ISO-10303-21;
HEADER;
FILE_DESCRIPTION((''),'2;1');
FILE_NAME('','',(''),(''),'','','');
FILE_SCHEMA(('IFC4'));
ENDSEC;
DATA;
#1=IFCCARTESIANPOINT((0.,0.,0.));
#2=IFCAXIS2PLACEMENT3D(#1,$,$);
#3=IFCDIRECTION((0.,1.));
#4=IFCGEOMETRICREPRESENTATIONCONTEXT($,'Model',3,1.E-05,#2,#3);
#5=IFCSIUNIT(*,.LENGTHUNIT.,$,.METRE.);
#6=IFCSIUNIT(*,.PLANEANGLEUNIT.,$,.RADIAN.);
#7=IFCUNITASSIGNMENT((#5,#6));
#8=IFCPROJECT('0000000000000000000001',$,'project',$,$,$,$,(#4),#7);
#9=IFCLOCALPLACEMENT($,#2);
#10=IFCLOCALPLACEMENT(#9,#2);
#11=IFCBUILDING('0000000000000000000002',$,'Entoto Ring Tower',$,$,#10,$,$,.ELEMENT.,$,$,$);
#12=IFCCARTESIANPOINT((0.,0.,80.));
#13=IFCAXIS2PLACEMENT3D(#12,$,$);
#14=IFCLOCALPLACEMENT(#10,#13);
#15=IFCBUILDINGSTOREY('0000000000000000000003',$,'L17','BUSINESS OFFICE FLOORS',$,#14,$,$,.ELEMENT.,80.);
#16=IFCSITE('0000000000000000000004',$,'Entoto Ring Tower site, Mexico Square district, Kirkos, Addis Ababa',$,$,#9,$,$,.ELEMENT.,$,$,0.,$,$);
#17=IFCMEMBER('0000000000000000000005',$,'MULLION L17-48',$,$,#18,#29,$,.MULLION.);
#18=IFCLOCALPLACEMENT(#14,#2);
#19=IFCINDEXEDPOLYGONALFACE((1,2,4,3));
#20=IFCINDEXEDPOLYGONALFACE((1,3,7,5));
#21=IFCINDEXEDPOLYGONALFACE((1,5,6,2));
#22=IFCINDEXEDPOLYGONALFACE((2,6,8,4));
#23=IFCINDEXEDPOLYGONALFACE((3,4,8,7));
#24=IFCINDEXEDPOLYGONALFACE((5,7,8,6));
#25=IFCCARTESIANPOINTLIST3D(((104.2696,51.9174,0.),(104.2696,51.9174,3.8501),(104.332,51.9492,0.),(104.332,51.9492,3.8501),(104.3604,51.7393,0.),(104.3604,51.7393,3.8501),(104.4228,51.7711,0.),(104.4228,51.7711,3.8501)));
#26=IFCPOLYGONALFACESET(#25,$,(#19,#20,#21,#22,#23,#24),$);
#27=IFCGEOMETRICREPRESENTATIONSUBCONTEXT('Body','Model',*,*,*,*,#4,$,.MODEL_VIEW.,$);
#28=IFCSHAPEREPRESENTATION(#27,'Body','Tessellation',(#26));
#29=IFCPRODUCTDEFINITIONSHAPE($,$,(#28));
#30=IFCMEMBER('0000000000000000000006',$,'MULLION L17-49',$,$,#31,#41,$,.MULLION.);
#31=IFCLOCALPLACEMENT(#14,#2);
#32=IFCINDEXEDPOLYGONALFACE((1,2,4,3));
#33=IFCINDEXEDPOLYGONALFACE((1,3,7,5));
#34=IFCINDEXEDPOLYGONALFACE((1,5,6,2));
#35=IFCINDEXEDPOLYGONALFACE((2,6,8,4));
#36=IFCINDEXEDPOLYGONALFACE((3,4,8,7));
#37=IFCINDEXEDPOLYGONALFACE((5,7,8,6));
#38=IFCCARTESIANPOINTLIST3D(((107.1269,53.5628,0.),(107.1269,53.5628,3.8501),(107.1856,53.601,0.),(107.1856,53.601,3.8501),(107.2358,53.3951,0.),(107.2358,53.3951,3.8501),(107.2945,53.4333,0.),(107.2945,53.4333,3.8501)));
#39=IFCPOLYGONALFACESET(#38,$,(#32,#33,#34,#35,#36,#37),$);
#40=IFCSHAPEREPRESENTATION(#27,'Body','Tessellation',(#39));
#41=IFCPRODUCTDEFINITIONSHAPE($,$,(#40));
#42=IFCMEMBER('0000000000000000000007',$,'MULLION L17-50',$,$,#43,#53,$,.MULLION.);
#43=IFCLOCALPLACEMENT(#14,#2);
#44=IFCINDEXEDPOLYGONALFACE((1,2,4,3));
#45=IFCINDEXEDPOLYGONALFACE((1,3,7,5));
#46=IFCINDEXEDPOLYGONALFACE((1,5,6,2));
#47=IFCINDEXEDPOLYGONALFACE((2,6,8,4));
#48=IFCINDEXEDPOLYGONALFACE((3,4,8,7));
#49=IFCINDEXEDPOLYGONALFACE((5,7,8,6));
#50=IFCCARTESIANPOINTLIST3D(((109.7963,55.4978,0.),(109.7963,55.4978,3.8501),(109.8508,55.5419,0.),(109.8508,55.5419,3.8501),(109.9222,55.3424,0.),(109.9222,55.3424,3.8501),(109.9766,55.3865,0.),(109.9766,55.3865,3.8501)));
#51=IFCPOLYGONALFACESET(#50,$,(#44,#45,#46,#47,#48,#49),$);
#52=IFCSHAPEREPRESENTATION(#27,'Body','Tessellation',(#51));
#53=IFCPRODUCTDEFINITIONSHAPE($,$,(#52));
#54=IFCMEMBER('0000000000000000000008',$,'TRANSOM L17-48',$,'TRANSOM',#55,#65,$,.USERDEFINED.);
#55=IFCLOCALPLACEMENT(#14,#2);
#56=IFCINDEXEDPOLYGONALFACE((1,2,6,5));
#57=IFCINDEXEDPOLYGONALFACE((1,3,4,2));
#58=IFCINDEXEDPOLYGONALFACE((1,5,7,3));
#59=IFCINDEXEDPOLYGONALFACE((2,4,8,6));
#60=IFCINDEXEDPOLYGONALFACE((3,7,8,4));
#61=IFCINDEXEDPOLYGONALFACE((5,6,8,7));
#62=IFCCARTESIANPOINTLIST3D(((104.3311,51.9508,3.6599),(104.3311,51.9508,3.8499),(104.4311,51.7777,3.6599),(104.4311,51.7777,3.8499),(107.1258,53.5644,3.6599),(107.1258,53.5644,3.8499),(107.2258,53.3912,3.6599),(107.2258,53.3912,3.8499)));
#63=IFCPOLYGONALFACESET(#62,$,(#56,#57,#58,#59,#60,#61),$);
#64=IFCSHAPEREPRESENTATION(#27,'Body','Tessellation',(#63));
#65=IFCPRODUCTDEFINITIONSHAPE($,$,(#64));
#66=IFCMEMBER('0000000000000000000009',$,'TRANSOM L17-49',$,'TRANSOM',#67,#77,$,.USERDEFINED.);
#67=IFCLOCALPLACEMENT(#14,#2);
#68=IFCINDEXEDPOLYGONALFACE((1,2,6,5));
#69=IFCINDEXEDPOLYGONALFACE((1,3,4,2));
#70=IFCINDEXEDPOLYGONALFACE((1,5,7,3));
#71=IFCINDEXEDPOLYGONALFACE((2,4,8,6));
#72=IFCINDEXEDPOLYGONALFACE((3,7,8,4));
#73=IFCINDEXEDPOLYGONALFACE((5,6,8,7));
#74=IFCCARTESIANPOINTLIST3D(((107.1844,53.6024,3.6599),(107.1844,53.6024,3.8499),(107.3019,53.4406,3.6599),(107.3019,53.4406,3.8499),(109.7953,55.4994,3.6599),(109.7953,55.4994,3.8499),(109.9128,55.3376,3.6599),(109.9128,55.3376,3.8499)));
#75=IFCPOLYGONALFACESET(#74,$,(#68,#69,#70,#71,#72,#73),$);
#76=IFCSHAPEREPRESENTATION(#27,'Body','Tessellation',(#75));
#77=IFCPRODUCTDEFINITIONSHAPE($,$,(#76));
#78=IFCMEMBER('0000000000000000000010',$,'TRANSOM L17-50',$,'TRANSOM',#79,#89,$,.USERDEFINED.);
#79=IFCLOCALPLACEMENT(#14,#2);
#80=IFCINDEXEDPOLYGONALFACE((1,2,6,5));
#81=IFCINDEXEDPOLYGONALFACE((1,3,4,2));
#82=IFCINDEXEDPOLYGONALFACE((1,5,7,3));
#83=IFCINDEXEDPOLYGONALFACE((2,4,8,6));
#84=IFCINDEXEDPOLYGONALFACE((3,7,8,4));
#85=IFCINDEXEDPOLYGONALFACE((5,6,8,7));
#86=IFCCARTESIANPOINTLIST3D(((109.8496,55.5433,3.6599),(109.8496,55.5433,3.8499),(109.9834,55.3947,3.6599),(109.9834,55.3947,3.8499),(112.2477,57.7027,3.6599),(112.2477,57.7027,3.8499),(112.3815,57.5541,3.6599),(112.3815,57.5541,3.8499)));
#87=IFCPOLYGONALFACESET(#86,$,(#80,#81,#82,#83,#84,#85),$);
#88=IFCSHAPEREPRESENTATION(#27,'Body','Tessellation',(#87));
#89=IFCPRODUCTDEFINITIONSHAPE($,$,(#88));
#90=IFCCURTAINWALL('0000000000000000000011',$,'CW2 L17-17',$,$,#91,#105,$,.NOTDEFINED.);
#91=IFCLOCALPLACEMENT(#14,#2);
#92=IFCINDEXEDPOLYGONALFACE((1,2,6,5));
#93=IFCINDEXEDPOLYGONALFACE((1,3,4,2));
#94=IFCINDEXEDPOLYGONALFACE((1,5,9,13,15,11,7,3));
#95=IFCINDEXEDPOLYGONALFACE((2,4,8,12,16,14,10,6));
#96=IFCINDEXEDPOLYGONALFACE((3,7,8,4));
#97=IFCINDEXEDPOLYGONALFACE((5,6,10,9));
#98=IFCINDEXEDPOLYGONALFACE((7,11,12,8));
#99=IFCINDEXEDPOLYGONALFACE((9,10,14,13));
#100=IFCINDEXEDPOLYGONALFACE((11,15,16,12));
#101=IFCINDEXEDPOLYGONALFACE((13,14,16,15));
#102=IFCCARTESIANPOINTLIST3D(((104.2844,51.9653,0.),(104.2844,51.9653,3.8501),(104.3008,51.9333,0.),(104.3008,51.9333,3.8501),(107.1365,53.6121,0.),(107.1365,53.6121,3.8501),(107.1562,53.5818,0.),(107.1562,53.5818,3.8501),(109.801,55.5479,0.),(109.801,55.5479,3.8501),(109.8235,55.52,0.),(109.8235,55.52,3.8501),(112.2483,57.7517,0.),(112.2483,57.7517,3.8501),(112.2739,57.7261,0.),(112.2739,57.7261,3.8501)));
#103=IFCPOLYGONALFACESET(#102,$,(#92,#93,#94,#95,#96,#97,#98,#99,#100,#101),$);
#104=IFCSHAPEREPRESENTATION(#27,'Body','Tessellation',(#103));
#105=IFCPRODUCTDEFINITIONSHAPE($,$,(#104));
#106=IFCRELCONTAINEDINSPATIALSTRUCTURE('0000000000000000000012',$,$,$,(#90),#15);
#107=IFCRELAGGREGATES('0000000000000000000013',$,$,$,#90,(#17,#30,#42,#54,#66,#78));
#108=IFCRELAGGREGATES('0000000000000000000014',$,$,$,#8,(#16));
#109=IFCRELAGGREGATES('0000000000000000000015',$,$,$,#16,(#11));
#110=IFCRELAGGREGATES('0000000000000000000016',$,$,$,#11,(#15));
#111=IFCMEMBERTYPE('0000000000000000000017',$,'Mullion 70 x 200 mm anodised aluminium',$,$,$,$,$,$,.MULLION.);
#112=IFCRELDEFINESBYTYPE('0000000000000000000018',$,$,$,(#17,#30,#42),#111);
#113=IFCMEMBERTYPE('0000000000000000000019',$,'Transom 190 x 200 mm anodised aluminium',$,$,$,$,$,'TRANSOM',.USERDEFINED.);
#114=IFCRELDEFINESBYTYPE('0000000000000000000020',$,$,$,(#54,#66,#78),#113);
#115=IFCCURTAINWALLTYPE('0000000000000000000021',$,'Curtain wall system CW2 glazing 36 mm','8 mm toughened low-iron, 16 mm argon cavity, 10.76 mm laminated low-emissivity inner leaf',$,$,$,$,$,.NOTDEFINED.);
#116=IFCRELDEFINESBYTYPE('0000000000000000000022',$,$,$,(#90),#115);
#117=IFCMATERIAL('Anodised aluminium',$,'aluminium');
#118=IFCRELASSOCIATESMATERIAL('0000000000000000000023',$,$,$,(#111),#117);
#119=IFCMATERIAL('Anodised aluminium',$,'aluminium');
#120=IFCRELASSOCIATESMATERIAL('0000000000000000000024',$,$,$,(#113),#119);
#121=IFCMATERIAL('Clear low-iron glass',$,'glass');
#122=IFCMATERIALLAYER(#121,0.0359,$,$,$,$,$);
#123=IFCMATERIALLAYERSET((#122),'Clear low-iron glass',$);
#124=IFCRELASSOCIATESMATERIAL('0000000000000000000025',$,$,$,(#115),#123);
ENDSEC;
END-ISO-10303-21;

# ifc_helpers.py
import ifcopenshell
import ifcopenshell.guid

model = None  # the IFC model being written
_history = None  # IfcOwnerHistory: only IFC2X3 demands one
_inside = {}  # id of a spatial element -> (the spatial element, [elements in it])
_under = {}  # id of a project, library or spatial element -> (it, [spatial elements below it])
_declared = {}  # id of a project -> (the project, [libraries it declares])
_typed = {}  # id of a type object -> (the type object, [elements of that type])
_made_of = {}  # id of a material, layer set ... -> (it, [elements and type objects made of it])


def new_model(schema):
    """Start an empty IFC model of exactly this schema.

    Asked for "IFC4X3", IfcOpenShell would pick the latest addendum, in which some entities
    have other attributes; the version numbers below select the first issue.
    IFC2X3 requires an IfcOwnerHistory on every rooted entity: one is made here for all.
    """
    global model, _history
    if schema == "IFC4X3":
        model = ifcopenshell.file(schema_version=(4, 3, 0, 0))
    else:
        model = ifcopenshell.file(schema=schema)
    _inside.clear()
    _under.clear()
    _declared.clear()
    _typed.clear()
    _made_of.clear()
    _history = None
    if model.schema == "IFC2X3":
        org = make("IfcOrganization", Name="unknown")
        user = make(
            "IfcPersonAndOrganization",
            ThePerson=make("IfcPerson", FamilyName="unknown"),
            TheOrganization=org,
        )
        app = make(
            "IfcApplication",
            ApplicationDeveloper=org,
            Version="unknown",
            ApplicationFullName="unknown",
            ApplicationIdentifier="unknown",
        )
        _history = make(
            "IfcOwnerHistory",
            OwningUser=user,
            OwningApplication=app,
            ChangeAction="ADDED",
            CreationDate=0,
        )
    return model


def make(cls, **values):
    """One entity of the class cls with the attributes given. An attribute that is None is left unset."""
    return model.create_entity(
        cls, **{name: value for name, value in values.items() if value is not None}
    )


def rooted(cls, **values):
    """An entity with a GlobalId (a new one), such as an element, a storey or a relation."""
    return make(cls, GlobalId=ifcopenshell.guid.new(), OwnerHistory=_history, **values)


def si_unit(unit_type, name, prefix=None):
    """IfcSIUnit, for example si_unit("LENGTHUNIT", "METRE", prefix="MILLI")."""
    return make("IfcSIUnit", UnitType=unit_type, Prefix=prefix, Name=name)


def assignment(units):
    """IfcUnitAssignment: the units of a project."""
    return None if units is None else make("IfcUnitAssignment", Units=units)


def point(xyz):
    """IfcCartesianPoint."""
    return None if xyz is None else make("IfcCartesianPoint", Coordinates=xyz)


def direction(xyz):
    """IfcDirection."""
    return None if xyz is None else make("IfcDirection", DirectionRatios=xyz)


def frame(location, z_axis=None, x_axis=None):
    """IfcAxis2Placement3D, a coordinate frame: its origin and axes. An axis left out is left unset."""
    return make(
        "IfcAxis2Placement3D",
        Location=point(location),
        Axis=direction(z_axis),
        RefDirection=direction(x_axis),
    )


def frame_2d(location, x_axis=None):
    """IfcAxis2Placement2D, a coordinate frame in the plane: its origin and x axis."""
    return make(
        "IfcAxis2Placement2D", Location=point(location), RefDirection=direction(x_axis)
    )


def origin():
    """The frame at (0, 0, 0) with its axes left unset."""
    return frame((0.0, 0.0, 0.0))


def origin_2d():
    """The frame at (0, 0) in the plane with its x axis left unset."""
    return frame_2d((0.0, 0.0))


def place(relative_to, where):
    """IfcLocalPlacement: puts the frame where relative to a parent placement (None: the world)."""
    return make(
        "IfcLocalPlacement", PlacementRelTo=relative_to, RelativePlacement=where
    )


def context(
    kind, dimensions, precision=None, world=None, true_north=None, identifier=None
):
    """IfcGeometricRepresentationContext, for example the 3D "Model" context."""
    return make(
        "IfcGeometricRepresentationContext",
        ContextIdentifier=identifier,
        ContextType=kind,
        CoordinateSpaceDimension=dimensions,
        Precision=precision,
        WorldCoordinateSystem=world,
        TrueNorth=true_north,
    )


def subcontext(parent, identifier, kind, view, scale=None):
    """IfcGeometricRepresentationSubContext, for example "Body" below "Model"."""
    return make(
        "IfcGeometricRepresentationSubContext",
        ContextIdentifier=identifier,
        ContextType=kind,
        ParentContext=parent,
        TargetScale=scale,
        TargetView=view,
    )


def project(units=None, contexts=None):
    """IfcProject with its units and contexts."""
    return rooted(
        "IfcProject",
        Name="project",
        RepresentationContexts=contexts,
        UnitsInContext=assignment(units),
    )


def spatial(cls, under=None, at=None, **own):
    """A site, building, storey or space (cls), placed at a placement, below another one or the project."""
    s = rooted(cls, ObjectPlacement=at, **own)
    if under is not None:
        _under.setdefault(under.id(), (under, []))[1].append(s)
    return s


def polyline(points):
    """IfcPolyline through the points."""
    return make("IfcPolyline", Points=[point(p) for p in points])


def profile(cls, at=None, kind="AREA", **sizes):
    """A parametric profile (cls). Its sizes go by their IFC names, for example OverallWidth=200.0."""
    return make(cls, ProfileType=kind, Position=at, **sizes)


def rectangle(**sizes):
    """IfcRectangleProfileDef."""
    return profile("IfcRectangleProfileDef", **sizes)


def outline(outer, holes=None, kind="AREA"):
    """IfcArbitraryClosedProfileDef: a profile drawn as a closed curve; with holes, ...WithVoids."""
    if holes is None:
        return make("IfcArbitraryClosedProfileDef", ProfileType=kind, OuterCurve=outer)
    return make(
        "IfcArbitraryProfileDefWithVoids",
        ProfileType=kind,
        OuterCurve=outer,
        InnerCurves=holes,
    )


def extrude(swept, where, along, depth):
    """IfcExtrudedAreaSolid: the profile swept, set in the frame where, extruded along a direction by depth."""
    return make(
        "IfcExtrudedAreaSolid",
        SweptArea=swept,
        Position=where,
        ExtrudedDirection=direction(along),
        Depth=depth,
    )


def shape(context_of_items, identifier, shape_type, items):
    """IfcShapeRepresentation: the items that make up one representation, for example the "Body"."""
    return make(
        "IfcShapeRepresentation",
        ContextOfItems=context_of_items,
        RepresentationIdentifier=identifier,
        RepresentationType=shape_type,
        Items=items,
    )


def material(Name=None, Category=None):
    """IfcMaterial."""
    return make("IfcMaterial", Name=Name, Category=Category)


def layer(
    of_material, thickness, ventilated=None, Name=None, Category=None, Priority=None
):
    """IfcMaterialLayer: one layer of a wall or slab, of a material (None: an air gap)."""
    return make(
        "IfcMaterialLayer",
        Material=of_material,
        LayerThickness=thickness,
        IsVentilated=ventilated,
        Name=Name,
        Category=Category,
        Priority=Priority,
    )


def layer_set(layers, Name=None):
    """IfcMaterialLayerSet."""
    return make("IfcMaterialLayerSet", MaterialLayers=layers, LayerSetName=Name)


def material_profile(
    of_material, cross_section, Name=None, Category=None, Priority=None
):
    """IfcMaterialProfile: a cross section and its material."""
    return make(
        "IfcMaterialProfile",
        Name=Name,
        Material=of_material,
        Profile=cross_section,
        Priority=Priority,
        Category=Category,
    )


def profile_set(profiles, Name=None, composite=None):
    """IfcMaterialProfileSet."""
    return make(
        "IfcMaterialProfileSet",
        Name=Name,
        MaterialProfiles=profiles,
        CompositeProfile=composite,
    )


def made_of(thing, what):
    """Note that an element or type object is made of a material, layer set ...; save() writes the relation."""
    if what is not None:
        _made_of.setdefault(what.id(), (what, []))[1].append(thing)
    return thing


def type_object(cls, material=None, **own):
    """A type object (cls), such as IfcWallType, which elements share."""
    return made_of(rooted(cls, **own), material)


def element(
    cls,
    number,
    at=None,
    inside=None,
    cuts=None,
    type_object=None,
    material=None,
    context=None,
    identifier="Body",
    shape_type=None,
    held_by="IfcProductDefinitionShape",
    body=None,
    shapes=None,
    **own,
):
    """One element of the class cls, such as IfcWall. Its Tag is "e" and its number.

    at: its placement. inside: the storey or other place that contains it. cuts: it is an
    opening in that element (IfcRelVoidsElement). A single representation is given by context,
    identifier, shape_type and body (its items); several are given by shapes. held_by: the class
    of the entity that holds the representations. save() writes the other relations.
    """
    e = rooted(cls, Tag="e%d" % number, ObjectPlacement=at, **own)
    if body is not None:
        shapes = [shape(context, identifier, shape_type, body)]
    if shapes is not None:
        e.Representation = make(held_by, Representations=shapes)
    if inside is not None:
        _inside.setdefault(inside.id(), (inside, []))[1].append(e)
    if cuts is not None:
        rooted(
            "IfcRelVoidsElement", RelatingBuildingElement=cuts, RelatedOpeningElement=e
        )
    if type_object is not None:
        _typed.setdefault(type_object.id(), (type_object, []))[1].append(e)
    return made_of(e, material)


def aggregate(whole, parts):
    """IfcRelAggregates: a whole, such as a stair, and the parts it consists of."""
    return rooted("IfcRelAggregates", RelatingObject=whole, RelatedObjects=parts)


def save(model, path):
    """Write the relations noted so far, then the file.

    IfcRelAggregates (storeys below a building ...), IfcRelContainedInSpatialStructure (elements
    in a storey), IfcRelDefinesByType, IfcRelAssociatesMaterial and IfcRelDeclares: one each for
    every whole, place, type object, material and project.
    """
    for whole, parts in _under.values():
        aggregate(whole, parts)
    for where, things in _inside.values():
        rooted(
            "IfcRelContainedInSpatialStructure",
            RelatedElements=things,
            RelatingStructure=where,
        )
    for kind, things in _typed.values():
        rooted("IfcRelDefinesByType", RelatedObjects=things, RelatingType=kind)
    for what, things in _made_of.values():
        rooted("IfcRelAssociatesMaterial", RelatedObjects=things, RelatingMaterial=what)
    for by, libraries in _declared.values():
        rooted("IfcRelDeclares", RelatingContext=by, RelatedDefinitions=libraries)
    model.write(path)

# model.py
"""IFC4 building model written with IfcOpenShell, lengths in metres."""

from ifc_helpers import new_model, si_unit, direction, frame, origin, origin_2d, place, context, subcontext, project, spatial, polyline, rectangle, outline, extrude, material, layer, layer_set, material_profile, profile_set, type_object, element, aggregate, save


model = new_model("IFC4")

# Units and contexts
model_context = context("Model", 3, precision=1e-05, world=origin(), true_north=direction((0.0, 1.0)))
body_context = subcontext(model_context, "Body", "Model", "MODEL_VIEW")
ifc_project = project(units=[si_unit("LENGTHUNIT", "METRE"), si_unit("PLANEANGLEUNIT", "RADIAN")], contexts=[model_context])

# Members
ifc_material_1 = material(Name="Anodised aluminium", Category="aluminium")
ifc_material_profile_1 = material_profile(ifc_material_1, rectangle(XDim=0.0701, YDim=0.2, at=origin_2d()), Name="Mullion 70 x 200 mm anodised aluminium")
ifc_profile_set_1 = profile_set([ifc_material_profile_1], Name="Anodised aluminium")
member_type_1 = type_object("IfcMemberType", Name="Mullion 70 x 200 mm anodised aluminium", PredefinedType="MULLION", material=ifc_profile_set_1)
site_placement = place(None, origin())
building_placement = place(site_placement, origin())
storey_placement = place(building_placement, frame((0.0, 0.0, 80.0)))
member_1_placement = place(storey_placement, frame((104.3462, 51.8442, 0.0), z_axis=(0.0, 0.0, 1.0), x_axis=(0.891007, 0.45399, 0.0)))
member_1 = element("IfcMember", 1, at=member_1_placement, type_object=member_type_1, Name="MULLION L17-48", PredefinedType="MULLION", context=body_context, shape_type="SweptSolid", body=[
    extrude(rectangle(XDim=0.0701, YDim=0.2, at=origin_2d()), origin(), (0.0, 0.0, 1.0), 3.8501),
])
member_2_placement = place(storey_placement, frame((107.2107, 53.498, 0.0), z_axis=(0.0, 0.0, 1.0), x_axis=(0.838671, 0.544639, 0.0)))
member_2 = element("IfcMember", 2, at=member_2_placement, type_object=member_type_1, Name="MULLION L17-49", PredefinedType="MULLION", context=body_context, shape_type="SweptSolid", body=[
    extrude(rectangle(XDim=0.0701, YDim=0.2, at=origin_2d()), origin(), (0.0, 0.0, 1.0), 3.8501),
])
member_3_placement = place(storey_placement, frame((109.8865, 55.4421, 0.0), z_axis=(0.0, 0.0, 1.0), x_axis=(0.777146, 0.62932, 0.0)))
member_3 = element("IfcMember", 3, at=member_3_placement, type_object=member_type_1, Name="MULLION L17-50", PredefinedType="MULLION", context=body_context, shape_type="SweptSolid", body=[
    extrude(rectangle(XDim=0.0701, YDim=0.2, at=origin_2d()), origin(), (0.0, 0.0, 1.0), 3.8501),
])
ifc_material_2 = material(Name="Anodised aluminium", Category="aluminium")
ifc_material_profile_2 = material_profile(ifc_material_2, rectangle(XDim=0.2, YDim=0.1899, at=origin_2d()), Name="Transom 190 x 200 mm anodised aluminium")
ifc_profile_set_2 = profile_set([ifc_material_profile_2], Name="Anodised aluminium")
member_type_2 = type_object("IfcMemberType", Name="Transom 190 x 200 mm anodised aluminium", ElementType="TRANSOM", PredefinedType="USERDEFINED", material=ifc_profile_set_2)
member_4_placement = place(storey_placement, frame((104.3811, 51.8643, 3.7549), z_axis=(0.866023, 0.500004, 0.0), x_axis=(-0.500004, 0.866023, 0.0)))
member_4 = element("IfcMember", 4, at=member_4_placement, type_object=member_type_2, Name="TRANSOM L17-48", ObjectType="TRANSOM", PredefinedType="USERDEFINED", context=body_context, shape_type="SweptSolid", body=[
    extrude(rectangle(XDim=0.2, YDim=0.1899, at=origin_2d()), origin(), (0.0, 0.0, 1.0), 3.2271),
])
member_5_placement = place(storey_placement, frame((107.2432, 53.5215, 3.7549), z_axis=(0.809004, 0.587803, 0.0), x_axis=(-0.587803, 0.809004, 0.0)))
member_5 = element("IfcMember", 5, at=member_5_placement, type_object=member_type_2, Name="TRANSOM L17-49", ObjectType="TRANSOM", PredefinedType="USERDEFINED", context=body_context, shape_type="SweptSolid", body=[
    extrude(rectangle(XDim=0.2, YDim=0.1899, at=origin_2d()), origin(), (0.0, 0.0, 1.0), 3.2273),
])
member_6_placement = place(storey_placement, frame((109.9165, 55.469, 3.7549), z_axis=(0.743132, 0.669144, 0.0), x_axis=(-0.669144, 0.743132, 0.0)))
member_6 = element("IfcMember", 6, at=member_6_placement, type_object=member_type_2, Name="TRANSOM L17-50", ObjectType="TRANSOM", PredefinedType="USERDEFINED", context=body_context, shape_type="SweptSolid", body=[
    extrude(rectangle(XDim=0.2, YDim=0.1899, at=origin_2d()), origin(), (0.0, 0.0, 1.0), 3.2271),
])

# Site, building, storey
site = spatial("IfcSite", under=ifc_project, at=site_placement, Name="Entoto Ring Tower site, Mexico Square district, Kirkos, Addis Ababa", CompositionType="ELEMENT", RefElevation=0.0)
building = spatial("IfcBuilding", under=site, at=building_placement, Name="Entoto Ring Tower", CompositionType="ELEMENT")
storey = spatial("IfcBuildingStorey", under=building, at=storey_placement, Name="L17", Description="BUSINESS OFFICE FLOORS", CompositionType="ELEMENT", Elevation=80.0)

# Curtain wall
ifc_material_3 = material(Name="Clear low-iron glass", Category="glass")
ifc_layer_1 = layer(ifc_material_3, 0.0359)
ifc_layer_set_1 = layer_set([ifc_layer_1], Name="Clear low-iron glass")
curtain_wall_type = type_object("IfcCurtainWallType", Name="Curtain wall system CW2 glazing 36 mm", Description="8 mm toughened low-iron, 16 mm argon cavity, 10.76 mm laminated low-emissivity inner leaf", PredefinedType="NOTDEFINED", material=ifc_layer_set_1)
curtain_wall_1_placement = place(storey_placement, origin())
curtain_wall_1 = element("IfcCurtainWall", 7, at=curtain_wall_1_placement, inside=storey, type_object=curtain_wall_type, Name="CW2 L17-17", PredefinedType="NOTDEFINED", context=body_context, shape_type="SweptSolid", body=[
    extrude(outline(polyline([(104.3008, 51.9333), (107.1562, 53.5818), (109.8235, 55.52), (112.2739, 57.7261), (112.2483, 57.7517), (109.801, 55.5479), (107.1365, 53.6121), (104.2844, 51.9653), (104.3008, 51.9333)])), origin(), (0.0, 0.0, 1.0), 3.8501),
])
aggregate(curtain_wall_1, [member_1, member_2, member_3, member_4, member_5, member_6])

save(model, "model.ifc")
